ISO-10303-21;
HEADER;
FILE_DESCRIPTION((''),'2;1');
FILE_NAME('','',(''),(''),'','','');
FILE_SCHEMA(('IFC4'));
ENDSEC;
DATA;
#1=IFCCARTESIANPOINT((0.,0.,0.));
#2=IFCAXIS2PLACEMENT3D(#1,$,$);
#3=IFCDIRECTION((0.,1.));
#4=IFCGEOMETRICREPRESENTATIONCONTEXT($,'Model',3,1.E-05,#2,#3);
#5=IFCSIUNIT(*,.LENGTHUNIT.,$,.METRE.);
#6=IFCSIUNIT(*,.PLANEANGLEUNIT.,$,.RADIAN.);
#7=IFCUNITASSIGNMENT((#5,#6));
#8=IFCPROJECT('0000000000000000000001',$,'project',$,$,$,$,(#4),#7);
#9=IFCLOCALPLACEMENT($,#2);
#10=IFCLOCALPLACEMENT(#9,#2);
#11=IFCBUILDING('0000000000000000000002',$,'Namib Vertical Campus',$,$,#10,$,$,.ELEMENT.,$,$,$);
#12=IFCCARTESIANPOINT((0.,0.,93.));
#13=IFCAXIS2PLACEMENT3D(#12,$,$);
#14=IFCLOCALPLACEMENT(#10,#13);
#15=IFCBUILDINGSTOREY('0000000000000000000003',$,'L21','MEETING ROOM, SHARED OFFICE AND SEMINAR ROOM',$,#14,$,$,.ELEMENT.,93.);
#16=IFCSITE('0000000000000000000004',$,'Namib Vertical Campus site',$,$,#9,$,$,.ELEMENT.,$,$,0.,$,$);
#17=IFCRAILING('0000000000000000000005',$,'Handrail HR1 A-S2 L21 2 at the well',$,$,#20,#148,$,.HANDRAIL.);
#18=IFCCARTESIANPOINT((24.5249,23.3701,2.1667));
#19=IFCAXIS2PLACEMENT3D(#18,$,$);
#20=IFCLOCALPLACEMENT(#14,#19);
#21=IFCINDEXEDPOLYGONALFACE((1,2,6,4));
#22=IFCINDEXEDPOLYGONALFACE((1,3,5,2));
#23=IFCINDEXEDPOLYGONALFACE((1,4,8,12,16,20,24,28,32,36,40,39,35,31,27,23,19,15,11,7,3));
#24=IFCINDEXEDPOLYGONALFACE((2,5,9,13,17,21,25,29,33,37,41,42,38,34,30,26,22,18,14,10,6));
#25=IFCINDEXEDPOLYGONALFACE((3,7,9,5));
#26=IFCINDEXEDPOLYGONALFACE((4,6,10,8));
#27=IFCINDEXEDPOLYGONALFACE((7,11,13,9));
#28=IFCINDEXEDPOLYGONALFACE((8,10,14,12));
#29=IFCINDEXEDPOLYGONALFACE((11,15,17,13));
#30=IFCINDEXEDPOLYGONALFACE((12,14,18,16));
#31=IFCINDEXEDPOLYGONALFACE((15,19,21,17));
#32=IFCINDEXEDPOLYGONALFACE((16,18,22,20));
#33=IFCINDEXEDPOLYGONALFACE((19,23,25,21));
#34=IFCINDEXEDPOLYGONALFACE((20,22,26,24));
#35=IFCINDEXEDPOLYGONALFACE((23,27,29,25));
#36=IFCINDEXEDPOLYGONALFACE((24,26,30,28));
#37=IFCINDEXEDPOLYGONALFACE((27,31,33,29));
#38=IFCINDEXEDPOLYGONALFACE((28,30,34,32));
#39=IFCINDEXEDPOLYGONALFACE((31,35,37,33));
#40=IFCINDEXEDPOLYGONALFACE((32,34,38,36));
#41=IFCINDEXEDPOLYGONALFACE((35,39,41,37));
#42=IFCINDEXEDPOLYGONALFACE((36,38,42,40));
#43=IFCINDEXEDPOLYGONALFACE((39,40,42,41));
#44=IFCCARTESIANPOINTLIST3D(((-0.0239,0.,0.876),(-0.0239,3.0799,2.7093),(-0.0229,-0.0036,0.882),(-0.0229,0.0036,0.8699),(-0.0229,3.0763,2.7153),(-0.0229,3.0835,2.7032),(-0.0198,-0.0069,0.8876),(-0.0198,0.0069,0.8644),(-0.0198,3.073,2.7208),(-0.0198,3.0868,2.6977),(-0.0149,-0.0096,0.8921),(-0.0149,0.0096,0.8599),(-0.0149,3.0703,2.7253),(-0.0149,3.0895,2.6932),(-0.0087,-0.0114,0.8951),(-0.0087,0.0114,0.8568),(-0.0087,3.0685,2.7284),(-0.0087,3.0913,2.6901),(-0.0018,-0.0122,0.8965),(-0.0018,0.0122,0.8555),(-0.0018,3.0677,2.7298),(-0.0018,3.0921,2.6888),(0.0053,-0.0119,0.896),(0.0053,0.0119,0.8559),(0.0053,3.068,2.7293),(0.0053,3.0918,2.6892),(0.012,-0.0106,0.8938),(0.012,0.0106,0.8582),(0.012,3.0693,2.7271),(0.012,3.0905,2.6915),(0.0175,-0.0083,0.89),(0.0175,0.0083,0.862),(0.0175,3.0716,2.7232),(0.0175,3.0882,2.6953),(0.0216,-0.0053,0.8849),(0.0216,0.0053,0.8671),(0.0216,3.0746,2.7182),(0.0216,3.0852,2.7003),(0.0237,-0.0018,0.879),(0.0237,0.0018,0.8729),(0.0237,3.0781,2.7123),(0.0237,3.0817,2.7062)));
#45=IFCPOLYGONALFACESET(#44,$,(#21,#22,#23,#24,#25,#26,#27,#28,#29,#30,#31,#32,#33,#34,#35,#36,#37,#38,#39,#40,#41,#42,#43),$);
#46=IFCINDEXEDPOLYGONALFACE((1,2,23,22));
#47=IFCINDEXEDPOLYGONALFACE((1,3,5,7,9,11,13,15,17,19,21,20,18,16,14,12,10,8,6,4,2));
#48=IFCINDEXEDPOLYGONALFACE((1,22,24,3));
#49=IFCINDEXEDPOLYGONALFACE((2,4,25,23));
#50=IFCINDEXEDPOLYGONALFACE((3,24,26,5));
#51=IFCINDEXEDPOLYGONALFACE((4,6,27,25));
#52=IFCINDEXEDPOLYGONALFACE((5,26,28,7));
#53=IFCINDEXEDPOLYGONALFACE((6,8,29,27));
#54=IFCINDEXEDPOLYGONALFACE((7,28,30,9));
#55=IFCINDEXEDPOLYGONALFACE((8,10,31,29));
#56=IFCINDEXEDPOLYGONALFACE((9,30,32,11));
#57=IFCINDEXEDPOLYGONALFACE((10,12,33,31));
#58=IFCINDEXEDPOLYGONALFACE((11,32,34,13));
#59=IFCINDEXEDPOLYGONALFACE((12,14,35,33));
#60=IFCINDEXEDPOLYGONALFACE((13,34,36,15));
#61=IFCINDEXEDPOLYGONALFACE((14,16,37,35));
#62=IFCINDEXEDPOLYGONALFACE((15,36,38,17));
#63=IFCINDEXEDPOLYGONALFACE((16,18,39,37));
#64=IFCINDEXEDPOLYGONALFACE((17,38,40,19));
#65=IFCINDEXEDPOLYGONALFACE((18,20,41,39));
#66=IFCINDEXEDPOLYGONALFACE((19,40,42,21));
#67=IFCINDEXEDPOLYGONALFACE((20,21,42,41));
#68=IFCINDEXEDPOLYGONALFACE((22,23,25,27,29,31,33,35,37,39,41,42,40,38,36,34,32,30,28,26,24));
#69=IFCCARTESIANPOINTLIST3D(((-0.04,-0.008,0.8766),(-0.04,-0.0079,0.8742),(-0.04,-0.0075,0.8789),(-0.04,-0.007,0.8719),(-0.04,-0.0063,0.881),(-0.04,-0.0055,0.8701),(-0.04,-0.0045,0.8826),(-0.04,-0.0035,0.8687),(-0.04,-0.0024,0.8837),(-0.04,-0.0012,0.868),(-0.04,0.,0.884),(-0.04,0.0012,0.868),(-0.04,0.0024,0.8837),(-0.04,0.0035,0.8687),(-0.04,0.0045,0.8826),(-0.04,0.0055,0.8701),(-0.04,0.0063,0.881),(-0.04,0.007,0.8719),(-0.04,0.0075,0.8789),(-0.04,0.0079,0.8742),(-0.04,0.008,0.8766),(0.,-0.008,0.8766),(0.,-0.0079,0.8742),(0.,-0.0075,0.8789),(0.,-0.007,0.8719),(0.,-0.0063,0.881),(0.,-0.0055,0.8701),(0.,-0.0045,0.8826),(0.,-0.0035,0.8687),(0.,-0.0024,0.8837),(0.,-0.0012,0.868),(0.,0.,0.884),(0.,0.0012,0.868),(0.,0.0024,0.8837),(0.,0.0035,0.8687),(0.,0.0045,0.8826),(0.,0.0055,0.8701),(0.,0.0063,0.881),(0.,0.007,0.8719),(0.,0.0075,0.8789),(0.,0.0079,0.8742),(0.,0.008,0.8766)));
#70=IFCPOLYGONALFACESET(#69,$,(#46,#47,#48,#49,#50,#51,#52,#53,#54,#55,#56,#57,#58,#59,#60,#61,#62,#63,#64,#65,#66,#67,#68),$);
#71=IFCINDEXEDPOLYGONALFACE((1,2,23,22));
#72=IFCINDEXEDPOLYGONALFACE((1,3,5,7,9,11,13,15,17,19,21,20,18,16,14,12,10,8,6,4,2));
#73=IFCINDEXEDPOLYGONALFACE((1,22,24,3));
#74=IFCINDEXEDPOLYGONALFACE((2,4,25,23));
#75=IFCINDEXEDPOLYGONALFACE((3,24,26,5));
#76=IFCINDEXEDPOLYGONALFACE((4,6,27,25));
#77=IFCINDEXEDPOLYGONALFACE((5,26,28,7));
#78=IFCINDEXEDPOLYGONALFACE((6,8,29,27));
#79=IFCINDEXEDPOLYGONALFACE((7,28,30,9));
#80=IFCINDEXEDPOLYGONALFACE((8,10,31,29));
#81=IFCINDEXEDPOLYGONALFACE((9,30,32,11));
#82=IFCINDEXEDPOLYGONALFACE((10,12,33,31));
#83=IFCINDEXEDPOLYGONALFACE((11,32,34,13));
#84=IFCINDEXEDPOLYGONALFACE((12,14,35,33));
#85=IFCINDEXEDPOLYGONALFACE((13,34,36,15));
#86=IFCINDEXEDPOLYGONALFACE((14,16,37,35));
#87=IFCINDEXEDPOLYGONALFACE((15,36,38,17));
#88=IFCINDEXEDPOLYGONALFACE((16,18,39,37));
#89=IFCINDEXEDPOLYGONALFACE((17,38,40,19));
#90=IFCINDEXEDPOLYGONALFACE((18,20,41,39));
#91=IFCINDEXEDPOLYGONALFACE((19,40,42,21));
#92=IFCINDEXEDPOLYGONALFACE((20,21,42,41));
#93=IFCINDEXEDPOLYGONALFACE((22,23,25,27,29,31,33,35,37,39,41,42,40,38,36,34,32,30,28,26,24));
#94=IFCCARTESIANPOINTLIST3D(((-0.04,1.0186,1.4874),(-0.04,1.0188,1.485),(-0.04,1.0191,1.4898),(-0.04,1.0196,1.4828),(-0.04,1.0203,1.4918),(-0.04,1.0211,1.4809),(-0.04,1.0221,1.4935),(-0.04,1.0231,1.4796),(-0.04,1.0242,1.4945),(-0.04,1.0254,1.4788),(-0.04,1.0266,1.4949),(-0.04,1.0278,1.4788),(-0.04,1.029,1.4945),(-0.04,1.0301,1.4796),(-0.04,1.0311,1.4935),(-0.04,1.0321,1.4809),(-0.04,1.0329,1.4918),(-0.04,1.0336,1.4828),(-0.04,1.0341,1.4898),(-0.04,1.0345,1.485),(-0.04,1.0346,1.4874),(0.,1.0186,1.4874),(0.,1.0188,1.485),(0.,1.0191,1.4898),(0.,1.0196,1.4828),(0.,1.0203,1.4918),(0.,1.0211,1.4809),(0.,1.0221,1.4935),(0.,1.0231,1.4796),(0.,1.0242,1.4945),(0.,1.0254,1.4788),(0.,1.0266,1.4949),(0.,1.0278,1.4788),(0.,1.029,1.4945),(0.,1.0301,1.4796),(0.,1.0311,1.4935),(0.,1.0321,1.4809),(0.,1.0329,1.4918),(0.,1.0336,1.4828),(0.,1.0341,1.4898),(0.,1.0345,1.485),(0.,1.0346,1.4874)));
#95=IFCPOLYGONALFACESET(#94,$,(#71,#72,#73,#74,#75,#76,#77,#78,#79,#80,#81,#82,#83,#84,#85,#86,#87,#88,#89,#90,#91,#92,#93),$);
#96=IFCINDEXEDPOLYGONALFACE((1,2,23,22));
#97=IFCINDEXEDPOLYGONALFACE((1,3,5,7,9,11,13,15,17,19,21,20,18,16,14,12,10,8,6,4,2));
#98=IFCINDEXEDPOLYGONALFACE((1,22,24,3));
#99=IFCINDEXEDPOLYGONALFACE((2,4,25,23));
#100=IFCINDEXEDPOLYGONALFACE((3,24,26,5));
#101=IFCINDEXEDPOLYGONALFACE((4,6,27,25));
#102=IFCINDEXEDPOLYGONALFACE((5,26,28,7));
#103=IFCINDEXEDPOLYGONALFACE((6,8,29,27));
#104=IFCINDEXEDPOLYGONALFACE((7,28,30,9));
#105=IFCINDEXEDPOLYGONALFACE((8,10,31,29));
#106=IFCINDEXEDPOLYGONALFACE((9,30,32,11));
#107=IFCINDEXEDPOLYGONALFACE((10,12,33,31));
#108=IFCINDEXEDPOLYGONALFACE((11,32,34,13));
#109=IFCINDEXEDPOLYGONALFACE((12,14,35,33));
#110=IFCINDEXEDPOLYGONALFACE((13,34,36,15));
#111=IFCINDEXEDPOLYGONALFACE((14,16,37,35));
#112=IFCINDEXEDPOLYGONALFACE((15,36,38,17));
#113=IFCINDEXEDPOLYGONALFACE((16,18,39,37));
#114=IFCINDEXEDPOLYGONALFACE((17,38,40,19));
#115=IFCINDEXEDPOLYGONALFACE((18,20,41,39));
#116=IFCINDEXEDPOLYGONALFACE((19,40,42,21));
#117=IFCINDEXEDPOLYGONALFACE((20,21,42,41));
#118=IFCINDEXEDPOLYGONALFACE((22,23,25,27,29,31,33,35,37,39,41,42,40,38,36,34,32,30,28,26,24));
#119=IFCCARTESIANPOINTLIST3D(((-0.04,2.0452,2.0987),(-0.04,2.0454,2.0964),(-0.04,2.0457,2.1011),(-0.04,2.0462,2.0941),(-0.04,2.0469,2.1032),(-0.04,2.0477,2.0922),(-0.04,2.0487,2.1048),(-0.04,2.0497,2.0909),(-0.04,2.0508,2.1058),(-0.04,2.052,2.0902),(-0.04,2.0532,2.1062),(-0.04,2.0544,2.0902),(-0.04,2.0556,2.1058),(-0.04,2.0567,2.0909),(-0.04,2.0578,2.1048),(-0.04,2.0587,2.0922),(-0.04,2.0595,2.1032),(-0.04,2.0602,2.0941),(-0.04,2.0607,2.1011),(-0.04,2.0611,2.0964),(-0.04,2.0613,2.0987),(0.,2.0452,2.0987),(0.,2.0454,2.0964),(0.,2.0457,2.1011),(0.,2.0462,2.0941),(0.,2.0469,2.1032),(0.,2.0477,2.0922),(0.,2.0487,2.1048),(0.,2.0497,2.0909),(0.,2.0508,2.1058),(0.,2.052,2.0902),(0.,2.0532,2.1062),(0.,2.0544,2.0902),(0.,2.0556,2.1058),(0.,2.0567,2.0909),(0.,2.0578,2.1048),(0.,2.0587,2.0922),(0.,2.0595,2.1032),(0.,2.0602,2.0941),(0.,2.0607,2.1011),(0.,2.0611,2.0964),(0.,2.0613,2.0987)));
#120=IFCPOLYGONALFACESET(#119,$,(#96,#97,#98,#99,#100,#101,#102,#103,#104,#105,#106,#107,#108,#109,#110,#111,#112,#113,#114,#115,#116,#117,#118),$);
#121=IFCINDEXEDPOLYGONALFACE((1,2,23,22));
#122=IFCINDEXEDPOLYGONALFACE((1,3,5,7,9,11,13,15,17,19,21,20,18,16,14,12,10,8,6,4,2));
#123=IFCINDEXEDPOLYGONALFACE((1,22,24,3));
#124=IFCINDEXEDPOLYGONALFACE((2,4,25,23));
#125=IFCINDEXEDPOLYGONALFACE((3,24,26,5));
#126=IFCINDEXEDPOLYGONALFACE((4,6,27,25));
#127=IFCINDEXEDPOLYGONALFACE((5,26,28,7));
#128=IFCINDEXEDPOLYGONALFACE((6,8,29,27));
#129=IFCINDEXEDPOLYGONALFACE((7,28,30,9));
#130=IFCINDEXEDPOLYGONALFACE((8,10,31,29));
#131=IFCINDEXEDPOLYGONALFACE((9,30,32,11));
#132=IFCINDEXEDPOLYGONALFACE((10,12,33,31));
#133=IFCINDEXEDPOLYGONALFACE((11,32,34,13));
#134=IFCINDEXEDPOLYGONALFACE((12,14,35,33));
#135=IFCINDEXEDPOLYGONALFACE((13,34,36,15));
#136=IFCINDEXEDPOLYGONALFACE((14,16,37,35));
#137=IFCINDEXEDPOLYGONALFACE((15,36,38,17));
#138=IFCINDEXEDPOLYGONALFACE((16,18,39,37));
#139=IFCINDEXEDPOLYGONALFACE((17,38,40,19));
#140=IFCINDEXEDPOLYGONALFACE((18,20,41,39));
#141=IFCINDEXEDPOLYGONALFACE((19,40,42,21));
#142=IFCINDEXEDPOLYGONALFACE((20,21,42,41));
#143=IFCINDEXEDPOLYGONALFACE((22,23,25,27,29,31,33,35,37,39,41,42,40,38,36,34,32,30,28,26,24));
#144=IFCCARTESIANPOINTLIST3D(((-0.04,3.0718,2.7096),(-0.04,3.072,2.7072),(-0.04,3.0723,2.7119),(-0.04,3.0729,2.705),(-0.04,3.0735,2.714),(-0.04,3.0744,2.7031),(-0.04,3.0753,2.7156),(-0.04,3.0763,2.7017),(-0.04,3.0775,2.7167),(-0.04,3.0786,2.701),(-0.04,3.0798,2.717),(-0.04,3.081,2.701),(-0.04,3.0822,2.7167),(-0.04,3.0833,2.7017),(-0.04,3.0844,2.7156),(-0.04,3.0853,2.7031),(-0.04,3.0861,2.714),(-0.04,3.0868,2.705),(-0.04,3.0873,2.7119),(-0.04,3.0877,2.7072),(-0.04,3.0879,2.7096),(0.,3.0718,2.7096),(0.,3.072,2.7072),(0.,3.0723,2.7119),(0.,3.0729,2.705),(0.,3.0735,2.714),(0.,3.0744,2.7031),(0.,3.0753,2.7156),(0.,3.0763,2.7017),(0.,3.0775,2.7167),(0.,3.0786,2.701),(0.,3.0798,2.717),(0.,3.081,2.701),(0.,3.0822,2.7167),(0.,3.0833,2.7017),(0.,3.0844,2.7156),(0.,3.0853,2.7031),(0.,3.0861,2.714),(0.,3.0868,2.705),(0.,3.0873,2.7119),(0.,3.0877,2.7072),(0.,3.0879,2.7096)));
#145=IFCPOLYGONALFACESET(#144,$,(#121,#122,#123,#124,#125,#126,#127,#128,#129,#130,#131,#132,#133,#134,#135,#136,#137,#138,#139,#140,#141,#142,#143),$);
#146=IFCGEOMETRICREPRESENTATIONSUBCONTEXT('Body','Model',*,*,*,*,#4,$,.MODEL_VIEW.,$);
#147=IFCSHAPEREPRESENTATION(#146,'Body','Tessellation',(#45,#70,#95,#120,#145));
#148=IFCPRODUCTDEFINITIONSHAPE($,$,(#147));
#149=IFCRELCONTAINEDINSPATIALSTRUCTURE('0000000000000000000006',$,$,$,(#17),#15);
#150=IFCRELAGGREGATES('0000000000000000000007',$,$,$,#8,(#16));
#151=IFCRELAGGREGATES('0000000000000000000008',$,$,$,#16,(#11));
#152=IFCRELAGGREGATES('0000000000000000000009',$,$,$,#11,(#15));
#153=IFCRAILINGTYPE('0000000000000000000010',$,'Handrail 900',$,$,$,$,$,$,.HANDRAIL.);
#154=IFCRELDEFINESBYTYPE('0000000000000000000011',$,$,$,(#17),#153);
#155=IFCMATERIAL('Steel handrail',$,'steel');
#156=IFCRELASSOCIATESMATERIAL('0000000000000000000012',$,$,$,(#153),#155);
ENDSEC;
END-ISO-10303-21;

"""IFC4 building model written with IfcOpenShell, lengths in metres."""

from ifc_helpers import new_model, si_unit, direction, frame, origin, origin_2d, place, context, subcontext, project, spatial, circle, extrude, material, type_object, element, save


model = new_model("IFC4")

# Units and contexts
model_context = context("Model", 3, precision=1e-05, world=origin(), true_north=direction((0.0, 1.0)))
body_context = subcontext(model_context, "Body", "Model", "MODEL_VIEW")
ifc_project = project(units=[si_unit("LENGTHUNIT", "METRE"), si_unit("PLANEANGLEUNIT", "RADIAN")], contexts=[model_context])

# Site, building, storey
site_placement = place(None, origin())
site = spatial("IfcSite", under=ifc_project, at=site_placement, Name="Namib Vertical Campus site", CompositionType="ELEMENT", RefElevation=0.0)
building_placement = place(site_placement, origin())
building = spatial("IfcBuilding", under=site, at=building_placement, Name="Namib Vertical Campus", CompositionType="ELEMENT")
storey_placement = place(building_placement, frame((0.0, 0.0, 93.0)))
storey = spatial("IfcBuildingStorey", under=building, at=storey_placement, Name="L21", Description="MEETING ROOM, SHARED OFFICE AND SEMINAR ROOM", CompositionType="ELEMENT", Elevation=93.0)

# Railing
ifc_material_1 = material(Name="Steel handrail", Category="steel")
railing_type_1 = type_object("IfcRailingType", Name="Handrail 900", PredefinedType="HANDRAIL", material=ifc_material_1)
railing_1_placement = place(storey_placement, frame((24.5249, 23.3701, 2.1667)))
element("IfcRailing", 1, at=railing_1_placement, inside=storey, type_object=railing_type_1, Name="Handrail HR1 A-S2 L21 2 at the well", PredefinedType="HANDRAIL", context=body_context, shape_type="SweptSolid", body=[
    extrude(circle(Radius=0.0239, at=origin_2d()), frame((0.0, 0.0, 0.876), z_axis=(0.0, 0.859291, 0.511487), x_axis=(-1.0, 0.0, 0.0)), (0.0, 0.0, 1.0), 3.5842),
    extrude(circle(Radius=0.0081, at=origin_2d()), frame((0.0, 0.0, 0.876), z_axis=(-1.0, 0.0, 0.0), x_axis=(0.0, 0.0, 1.0)), (0.0, 0.0, 1.0), 0.04),
    extrude(circle(Radius=0.0081, at=origin_2d()), frame((0.0, 1.0266, 1.4868), z_axis=(-1.0, 0.0, 0.0), x_axis=(0.0, 0.0, 1.0)), (0.0, 0.0, 1.0), 0.04),
    extrude(circle(Radius=0.0081, at=origin_2d()), frame((0.0, 2.0532, 2.0981), z_axis=(-1.0, 0.0, 0.0), x_axis=(0.0, 0.0, 1.0)), (0.0, 0.0, 1.0), 0.04),
    extrude(circle(Radius=0.0081, at=origin_2d()), frame((0.0, 3.0798, 2.709), z_axis=(-1.0, 0.0, 0.0), x_axis=(0.0, 0.0, 1.0)), (0.0, 0.0, 1.0), 0.04),
])

save(model, "model.ifc")
